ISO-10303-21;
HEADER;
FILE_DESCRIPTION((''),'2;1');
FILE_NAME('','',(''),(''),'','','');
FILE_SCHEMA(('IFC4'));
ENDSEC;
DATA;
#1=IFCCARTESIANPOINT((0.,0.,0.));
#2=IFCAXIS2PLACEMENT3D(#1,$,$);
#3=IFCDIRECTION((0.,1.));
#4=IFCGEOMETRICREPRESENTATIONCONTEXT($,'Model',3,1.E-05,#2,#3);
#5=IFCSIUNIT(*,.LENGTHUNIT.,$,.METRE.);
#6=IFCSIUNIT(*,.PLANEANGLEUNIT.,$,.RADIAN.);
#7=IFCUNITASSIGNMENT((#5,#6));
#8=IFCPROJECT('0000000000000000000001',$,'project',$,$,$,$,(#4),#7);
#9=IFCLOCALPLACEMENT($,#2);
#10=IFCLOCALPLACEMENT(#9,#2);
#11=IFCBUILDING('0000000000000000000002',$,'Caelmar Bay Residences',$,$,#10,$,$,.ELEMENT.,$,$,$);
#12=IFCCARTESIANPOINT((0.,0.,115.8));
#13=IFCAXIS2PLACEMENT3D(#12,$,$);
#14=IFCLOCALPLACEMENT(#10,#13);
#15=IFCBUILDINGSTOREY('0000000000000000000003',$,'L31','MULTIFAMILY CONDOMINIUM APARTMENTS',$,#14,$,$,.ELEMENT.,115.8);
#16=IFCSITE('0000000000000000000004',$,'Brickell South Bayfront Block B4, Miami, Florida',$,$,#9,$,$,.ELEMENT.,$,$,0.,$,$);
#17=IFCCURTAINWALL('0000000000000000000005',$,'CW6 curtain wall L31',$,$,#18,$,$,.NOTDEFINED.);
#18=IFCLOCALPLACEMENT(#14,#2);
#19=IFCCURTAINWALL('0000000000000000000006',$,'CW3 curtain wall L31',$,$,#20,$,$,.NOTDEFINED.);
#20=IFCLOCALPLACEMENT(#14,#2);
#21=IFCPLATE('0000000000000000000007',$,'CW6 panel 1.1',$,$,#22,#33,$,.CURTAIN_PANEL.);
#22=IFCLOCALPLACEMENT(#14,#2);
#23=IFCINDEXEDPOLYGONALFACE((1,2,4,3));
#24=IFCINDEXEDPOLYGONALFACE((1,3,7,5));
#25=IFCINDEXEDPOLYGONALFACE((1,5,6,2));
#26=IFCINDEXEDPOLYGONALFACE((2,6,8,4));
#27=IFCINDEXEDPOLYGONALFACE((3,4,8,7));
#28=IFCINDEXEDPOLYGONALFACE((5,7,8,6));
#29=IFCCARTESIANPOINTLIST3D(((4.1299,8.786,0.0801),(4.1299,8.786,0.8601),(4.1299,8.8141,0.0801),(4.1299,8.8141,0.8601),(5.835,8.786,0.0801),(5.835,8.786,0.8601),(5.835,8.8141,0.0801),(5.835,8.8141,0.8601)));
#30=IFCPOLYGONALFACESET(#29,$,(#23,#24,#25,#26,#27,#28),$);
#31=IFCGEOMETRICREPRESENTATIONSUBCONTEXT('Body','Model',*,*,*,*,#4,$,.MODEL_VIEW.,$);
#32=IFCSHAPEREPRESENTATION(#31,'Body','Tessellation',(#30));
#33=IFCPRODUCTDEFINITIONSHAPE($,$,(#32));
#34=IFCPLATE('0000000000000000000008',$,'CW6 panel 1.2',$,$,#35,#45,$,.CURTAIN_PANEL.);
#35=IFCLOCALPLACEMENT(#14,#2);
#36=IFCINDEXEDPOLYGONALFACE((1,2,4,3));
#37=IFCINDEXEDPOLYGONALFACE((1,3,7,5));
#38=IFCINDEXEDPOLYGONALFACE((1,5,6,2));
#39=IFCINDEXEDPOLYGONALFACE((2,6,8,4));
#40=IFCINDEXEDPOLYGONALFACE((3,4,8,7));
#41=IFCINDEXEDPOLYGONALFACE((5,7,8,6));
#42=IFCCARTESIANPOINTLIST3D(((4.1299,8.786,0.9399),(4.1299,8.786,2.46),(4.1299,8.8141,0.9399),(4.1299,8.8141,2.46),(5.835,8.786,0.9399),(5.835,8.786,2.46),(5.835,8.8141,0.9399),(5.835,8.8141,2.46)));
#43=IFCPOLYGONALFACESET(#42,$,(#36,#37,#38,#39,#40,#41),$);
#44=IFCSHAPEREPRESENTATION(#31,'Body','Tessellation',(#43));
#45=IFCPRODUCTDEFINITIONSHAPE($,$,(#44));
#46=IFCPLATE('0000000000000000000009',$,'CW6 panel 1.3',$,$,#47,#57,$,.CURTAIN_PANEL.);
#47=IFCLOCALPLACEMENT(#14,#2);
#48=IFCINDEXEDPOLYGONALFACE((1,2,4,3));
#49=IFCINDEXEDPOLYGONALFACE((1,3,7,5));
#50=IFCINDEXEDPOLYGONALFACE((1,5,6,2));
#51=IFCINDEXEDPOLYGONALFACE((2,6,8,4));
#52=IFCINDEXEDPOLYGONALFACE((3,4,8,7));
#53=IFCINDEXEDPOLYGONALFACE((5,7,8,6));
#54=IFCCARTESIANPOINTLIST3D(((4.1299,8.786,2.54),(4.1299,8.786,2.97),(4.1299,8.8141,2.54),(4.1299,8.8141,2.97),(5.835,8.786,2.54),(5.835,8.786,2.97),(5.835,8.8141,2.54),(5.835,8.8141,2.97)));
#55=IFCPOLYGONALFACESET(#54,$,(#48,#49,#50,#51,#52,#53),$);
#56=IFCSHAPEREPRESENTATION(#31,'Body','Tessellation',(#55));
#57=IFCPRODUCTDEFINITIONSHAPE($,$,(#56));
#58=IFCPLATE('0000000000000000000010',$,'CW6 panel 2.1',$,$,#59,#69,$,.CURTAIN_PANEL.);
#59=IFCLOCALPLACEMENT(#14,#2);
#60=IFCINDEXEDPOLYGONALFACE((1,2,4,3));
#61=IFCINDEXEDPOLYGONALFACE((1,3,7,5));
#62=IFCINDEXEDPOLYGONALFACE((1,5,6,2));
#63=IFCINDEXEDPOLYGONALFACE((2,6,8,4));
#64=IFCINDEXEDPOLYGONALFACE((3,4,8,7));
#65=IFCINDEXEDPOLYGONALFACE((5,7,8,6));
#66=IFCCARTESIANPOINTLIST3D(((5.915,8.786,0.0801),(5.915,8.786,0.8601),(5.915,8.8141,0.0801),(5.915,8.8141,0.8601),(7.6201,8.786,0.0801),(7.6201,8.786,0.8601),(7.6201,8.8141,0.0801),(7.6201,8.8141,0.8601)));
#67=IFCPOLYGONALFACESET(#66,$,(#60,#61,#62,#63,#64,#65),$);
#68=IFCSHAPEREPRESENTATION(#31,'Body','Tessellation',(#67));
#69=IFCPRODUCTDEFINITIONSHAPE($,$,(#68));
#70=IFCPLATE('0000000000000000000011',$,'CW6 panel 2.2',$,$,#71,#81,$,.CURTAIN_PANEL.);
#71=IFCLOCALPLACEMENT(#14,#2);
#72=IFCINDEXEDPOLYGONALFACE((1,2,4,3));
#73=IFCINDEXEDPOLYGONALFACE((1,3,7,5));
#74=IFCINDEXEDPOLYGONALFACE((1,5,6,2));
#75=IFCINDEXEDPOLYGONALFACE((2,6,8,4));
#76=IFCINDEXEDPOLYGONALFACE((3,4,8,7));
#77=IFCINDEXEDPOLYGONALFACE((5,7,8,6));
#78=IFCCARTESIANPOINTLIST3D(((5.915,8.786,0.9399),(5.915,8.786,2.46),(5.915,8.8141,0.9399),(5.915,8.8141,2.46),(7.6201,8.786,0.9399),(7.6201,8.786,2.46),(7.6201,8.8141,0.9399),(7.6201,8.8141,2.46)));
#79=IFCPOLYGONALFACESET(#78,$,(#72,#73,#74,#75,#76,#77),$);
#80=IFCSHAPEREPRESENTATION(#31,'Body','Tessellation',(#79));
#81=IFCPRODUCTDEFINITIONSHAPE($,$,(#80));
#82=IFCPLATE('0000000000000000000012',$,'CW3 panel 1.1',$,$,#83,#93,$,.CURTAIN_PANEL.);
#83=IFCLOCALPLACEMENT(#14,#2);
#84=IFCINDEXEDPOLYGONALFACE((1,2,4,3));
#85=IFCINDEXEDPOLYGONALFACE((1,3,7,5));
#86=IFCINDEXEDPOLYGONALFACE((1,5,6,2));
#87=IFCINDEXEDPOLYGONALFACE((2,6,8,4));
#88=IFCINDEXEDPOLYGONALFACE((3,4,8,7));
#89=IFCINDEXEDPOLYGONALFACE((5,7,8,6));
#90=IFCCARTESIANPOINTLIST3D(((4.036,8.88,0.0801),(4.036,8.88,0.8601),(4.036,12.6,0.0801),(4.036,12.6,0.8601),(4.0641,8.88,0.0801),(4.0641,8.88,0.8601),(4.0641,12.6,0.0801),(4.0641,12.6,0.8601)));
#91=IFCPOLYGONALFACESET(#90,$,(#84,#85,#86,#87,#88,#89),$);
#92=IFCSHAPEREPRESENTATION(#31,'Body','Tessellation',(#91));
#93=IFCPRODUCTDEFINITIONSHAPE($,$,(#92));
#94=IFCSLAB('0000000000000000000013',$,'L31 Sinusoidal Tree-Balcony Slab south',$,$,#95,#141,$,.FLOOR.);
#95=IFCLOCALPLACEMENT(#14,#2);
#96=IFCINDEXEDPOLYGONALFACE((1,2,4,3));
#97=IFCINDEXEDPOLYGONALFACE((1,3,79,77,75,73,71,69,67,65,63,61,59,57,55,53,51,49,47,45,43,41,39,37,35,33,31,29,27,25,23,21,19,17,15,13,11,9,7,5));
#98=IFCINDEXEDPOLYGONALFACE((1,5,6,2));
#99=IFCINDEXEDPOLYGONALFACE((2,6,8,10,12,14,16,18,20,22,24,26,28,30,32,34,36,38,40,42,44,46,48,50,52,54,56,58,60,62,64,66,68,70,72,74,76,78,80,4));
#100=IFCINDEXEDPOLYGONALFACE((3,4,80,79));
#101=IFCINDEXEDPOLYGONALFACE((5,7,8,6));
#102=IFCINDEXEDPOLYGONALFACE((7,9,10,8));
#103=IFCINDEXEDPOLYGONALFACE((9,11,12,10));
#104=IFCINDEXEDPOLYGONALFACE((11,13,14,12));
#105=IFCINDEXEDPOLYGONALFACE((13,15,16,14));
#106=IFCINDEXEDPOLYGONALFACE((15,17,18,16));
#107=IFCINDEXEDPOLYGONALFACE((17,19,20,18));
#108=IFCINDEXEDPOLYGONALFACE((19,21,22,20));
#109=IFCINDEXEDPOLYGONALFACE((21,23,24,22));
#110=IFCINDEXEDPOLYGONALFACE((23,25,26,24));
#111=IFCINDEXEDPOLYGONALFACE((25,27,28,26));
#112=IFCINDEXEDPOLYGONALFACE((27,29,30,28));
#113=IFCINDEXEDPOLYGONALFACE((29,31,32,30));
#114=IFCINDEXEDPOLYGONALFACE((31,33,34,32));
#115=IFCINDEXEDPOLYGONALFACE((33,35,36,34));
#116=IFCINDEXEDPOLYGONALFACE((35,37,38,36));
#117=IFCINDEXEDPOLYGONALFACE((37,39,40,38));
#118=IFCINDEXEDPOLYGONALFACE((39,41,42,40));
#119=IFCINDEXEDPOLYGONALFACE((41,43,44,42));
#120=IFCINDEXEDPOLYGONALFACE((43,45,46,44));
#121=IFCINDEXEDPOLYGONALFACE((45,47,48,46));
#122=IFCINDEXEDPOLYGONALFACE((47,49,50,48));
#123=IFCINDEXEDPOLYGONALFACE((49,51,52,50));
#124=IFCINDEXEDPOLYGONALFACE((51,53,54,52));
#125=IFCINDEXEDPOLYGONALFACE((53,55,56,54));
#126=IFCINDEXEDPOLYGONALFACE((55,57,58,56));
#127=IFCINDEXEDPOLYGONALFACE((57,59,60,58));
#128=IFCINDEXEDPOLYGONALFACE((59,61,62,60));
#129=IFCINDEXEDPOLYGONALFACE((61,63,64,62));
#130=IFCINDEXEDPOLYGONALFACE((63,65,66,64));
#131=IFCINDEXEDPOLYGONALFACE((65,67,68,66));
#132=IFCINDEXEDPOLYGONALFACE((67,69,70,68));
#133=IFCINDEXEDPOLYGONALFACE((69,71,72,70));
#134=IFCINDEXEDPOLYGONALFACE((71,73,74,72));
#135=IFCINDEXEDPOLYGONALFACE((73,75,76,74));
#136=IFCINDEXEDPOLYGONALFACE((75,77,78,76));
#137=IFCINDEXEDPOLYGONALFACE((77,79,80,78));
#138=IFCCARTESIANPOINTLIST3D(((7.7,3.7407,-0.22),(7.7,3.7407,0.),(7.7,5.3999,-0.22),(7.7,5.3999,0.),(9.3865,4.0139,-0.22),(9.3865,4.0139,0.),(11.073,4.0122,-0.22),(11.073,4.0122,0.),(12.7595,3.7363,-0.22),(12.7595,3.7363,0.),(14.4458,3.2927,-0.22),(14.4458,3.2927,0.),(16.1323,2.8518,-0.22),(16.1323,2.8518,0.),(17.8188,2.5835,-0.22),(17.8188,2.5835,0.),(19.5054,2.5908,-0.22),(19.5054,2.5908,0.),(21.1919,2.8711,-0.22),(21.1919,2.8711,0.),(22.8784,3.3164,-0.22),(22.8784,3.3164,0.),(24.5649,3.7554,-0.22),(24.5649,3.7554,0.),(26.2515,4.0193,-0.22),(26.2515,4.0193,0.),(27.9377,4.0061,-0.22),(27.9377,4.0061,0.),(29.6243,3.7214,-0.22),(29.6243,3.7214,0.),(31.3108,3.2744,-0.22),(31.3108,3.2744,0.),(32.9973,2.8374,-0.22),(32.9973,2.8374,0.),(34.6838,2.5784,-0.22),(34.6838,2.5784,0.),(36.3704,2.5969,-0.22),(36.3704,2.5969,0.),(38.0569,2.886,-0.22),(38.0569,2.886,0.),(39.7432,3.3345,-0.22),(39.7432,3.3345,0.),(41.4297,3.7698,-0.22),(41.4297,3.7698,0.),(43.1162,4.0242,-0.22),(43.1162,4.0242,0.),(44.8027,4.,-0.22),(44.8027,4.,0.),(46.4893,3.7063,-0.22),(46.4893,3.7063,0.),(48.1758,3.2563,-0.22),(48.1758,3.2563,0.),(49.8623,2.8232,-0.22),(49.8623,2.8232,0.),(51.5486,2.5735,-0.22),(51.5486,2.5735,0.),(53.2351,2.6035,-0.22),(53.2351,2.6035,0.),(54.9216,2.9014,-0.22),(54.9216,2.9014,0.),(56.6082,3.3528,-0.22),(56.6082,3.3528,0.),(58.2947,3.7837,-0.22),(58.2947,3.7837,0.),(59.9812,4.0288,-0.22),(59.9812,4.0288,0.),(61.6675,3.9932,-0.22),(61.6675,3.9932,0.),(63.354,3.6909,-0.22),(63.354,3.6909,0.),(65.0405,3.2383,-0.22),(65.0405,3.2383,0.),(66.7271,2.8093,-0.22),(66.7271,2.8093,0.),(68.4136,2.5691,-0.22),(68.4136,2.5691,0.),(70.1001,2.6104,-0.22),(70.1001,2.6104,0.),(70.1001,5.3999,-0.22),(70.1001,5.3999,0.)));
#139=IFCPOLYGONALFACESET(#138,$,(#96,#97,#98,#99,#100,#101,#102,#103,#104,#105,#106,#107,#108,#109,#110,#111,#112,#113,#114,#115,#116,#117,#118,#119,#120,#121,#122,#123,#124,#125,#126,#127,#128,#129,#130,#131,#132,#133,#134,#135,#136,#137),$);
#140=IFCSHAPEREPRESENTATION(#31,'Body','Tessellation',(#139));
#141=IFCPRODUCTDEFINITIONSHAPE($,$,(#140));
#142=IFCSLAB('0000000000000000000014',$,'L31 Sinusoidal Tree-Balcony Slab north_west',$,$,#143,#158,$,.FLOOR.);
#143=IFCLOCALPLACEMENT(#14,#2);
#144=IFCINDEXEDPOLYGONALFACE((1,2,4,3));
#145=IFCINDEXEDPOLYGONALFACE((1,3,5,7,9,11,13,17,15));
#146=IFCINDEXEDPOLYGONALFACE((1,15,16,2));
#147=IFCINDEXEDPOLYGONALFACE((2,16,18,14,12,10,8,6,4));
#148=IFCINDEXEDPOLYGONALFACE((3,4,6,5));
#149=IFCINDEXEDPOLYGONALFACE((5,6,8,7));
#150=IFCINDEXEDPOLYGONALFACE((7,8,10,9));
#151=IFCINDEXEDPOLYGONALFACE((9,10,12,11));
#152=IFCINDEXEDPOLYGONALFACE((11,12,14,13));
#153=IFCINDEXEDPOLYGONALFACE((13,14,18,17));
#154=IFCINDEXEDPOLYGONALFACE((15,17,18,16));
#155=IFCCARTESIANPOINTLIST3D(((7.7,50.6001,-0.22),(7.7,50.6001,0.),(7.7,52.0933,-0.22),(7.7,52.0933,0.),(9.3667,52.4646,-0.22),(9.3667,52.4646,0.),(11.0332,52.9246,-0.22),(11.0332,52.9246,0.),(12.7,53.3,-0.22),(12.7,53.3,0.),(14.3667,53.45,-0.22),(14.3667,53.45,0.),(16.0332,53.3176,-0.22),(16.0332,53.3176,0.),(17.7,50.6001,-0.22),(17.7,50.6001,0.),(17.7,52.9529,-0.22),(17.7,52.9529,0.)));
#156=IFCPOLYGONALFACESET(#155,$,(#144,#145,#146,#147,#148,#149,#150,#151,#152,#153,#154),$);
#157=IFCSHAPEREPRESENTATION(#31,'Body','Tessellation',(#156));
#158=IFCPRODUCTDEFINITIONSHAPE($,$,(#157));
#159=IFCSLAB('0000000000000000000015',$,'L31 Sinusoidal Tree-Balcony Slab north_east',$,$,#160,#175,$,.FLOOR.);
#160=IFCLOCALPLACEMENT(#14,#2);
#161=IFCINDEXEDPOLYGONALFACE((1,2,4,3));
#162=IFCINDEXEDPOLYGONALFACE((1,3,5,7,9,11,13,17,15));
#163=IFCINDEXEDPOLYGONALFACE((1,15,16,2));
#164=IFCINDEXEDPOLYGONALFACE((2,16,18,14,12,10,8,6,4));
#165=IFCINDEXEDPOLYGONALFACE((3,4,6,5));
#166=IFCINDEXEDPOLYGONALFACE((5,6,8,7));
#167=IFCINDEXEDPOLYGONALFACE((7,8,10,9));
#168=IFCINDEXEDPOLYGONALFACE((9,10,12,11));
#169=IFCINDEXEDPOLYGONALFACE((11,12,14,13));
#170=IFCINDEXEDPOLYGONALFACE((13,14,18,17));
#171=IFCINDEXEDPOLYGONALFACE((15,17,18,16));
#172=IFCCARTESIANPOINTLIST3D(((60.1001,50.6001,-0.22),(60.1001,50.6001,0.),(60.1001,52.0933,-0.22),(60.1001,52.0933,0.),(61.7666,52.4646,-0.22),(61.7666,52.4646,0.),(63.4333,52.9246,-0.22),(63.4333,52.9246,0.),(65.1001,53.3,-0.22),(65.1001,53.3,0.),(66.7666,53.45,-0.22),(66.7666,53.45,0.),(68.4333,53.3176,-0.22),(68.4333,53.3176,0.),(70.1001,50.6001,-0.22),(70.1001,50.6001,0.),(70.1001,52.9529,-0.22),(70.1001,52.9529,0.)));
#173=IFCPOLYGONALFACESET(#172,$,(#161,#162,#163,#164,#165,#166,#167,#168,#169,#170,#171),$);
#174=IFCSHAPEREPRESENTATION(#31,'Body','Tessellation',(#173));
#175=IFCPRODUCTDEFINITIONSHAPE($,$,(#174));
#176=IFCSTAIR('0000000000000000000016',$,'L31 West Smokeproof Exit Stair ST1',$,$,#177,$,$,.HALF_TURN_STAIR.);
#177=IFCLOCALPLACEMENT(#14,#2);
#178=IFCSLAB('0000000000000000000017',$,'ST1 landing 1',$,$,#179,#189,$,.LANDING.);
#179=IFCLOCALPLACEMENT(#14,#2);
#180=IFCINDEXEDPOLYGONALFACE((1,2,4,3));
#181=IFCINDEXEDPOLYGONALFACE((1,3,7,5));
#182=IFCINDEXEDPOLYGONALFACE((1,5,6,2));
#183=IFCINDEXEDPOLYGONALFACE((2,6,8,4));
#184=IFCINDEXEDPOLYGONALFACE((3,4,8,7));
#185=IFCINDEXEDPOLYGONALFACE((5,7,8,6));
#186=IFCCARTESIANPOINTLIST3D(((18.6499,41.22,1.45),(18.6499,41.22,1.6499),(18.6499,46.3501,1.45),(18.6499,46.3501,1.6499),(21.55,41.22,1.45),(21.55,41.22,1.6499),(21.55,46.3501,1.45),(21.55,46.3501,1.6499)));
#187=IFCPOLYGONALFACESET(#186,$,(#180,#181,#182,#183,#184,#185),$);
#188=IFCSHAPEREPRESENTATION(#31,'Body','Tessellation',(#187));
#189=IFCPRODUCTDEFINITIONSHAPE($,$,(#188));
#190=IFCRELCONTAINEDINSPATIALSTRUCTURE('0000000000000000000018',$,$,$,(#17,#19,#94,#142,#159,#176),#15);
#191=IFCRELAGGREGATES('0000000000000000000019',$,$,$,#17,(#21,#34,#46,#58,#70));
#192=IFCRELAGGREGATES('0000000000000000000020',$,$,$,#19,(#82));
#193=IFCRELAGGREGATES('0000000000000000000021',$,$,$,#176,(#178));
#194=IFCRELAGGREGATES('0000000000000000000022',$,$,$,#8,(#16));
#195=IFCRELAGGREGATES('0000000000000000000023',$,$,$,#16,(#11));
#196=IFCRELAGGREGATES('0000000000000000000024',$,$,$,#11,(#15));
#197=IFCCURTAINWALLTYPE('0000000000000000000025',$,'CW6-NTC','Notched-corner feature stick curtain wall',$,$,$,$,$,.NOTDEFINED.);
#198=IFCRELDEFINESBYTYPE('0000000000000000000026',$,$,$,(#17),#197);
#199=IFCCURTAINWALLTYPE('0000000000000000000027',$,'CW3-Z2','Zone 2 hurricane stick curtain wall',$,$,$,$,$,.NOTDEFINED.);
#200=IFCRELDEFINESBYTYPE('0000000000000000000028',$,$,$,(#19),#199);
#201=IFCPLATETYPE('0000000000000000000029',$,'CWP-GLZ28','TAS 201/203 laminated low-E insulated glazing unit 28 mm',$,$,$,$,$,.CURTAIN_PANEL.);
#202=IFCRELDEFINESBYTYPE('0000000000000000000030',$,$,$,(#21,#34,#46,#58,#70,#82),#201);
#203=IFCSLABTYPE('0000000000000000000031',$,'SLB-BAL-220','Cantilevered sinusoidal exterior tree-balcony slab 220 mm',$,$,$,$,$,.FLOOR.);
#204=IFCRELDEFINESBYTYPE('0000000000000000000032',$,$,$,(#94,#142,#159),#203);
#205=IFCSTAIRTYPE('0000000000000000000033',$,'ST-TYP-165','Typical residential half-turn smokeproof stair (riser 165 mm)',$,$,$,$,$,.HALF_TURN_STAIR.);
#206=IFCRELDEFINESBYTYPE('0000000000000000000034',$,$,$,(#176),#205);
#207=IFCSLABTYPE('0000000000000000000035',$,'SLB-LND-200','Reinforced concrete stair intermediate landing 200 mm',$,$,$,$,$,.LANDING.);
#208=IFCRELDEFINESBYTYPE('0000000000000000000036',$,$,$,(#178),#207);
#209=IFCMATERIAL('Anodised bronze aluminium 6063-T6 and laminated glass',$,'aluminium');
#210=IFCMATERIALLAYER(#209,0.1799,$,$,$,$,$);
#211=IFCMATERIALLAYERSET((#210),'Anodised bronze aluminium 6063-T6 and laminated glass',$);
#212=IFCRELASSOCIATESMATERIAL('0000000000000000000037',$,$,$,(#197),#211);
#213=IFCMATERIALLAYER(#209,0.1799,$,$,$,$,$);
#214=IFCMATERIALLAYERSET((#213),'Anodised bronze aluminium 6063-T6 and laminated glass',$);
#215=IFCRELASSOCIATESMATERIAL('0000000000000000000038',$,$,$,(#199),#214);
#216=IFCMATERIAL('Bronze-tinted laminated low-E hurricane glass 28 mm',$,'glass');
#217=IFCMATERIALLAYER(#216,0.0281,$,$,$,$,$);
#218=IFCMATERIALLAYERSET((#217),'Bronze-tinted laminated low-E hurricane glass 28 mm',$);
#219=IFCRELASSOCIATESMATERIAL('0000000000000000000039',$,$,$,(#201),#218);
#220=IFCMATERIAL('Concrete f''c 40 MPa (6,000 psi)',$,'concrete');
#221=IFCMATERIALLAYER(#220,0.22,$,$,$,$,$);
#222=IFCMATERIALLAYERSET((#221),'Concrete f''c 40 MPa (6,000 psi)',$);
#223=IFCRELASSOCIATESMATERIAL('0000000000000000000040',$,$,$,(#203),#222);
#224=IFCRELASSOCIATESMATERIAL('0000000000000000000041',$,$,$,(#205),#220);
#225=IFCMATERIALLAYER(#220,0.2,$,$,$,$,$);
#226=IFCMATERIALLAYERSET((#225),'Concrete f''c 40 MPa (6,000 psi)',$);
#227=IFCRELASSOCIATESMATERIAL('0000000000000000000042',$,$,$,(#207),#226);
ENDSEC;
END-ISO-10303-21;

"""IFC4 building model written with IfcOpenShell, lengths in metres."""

from ifc_helpers import new_model, si_unit, direction, frame, origin, origin_2d, place, context, subcontext, project, spatial, polyline, rectangle, outline, extrude, material, layer, layer_set, type_object, element, aggregate, save


model = new_model("IFC4")

# Units and contexts
model_context = context("Model", 3, precision=1e-05, world=origin(), true_north=direction((0.0, 1.0)))
body_context = subcontext(model_context, "Body", "Model", "MODEL_VIEW")
ifc_project = project(units=[si_unit("LENGTHUNIT", "METRE"), si_unit("PLANEANGLEUNIT", "RADIAN")], contexts=[model_context])

# Site, building, storey
site_placement = place(None, origin())
site = spatial("IfcSite", under=ifc_project, at=site_placement, Name="Brickell South Bayfront Block B4, Miami, Florida", CompositionType="ELEMENT", RefElevation=0.0)
building_placement = place(site_placement, origin())
building = spatial("IfcBuilding", under=site, at=building_placement, Name="Caelmar Bay Residences", CompositionType="ELEMENT")
storey_placement = place(building_placement, frame((0.0, 0.0, 115.8)))
storey = spatial("IfcBuildingStorey", under=building, at=storey_placement, Name="L31", Description="MULTIFAMILY CONDOMINIUM APARTMENTS", CompositionType="ELEMENT", Elevation=115.8)

# Curtain wall
ifc_material_1 = material(Name="Anodised bronze aluminium 6063-T6 and laminated glass", Category="aluminium")
ifc_layer_1 = layer(ifc_material_1, 0.1799)
ifc_layer_set_1 = layer_set([ifc_layer_1], Name="Anodised bronze aluminium 6063-T6 and laminated glass")
curtain_wall_type_1 = type_object("IfcCurtainWallType", Name="CW6-NTC", Description="Notched-corner feature stick curtain wall", PredefinedType="NOTDEFINED", material=ifc_layer_set_1)
curtain_wall_1_placement = place(storey_placement, origin())
curtain_wall_1 = element("IfcCurtainWall", 1, at=curtain_wall_1_placement, inside=storey, type_object=curtain_wall_type_1, Name="CW6 curtain wall L31", PredefinedType="NOTDEFINED")

# Curtain wall
ifc_layer_2 = layer(ifc_material_1, 0.1799)
ifc_layer_set_2 = layer_set([ifc_layer_2], Name="Anodised bronze aluminium 6063-T6 and laminated glass")
curtain_wall_type_2 = type_object("IfcCurtainWallType", Name="CW3-Z2", Description="Zone 2 hurricane stick curtain wall", PredefinedType="NOTDEFINED", material=ifc_layer_set_2)
curtain_wall_2_placement = place(storey_placement, origin())
curtain_wall_2 = element("IfcCurtainWall", 2, at=curtain_wall_2_placement, inside=storey, type_object=curtain_wall_type_2, Name="CW3 curtain wall L31", PredefinedType="NOTDEFINED")

# Plates
ifc_material_2 = material(Name="Bronze-tinted laminated low-E hurricane glass 28 mm", Category="glass")
ifc_layer_3 = layer(ifc_material_2, 0.0281)
ifc_layer_set_3 = layer_set([ifc_layer_3], Name="Bronze-tinted laminated low-E hurricane glass 28 mm")
plate_type = type_object("IfcPlateType", Name="CWP-GLZ28", Description="TAS 201/203 laminated low-E insulated glazing unit 28 mm", PredefinedType="CURTAIN_PANEL", material=ifc_layer_set_3)
plate_1_placement = place(storey_placement, frame((4.9824, 8.8, 0.0801), z_axis=(0.0, 0.0, 1.0), x_axis=(1.0, 0.0, 0.0)))
plate_1 = element("IfcPlate", 3, at=plate_1_placement, type_object=plate_type, Name="CW6 panel 1.1", PredefinedType="CURTAIN_PANEL", context=body_context, shape_type="SweptSolid", body=[
    extrude(rectangle(XDim=1.7051, YDim=0.0281, at=origin_2d()), origin(), (0.0, 0.0, 1.0), 0.78),
])
plate_2_placement = place(storey_placement, frame((4.9824, 8.8, 0.9399), z_axis=(0.0, 0.0, 1.0), x_axis=(1.0, 0.0, 0.0)))
plate_2 = element("IfcPlate", 4, at=plate_2_placement, type_object=plate_type, Name="CW6 panel 1.2", PredefinedType="CURTAIN_PANEL", context=body_context, shape_type="SweptSolid", body=[
    extrude(rectangle(XDim=1.7051, YDim=0.0281, at=origin_2d()), origin(), (0.0, 0.0, 1.0), 1.52),
])
plate_3_placement = place(storey_placement, frame((4.9824, 8.8, 2.54), z_axis=(0.0, 0.0, 1.0), x_axis=(1.0, 0.0, 0.0)))
plate_3 = element("IfcPlate", 5, at=plate_3_placement, type_object=plate_type, Name="CW6 panel 1.3", PredefinedType="CURTAIN_PANEL", context=body_context, shape_type="SweptSolid", body=[
    extrude(rectangle(XDim=1.7051, YDim=0.0281, at=origin_2d()), origin(), (0.0, 0.0, 1.0), 0.4299),
])
plate_4_placement = place(storey_placement, frame((6.7676, 8.8, 0.0801), z_axis=(0.0, 0.0, 1.0), x_axis=(1.0, 0.0, 0.0)))
plate_4 = element("IfcPlate", 6, at=plate_4_placement, type_object=plate_type, Name="CW6 panel 2.1", PredefinedType="CURTAIN_PANEL", context=body_context, shape_type="SweptSolid", body=[
    extrude(rectangle(XDim=1.7051, YDim=0.0281, at=origin_2d()), origin(), (0.0, 0.0, 1.0), 0.78),
])
plate_5_placement = place(storey_placement, frame((6.7676, 8.8, 0.9399), z_axis=(0.0, 0.0, 1.0), x_axis=(1.0, 0.0, 0.0)))
plate_5 = element("IfcPlate", 7, at=plate_5_placement, type_object=plate_type, Name="CW6 panel 2.2", PredefinedType="CURTAIN_PANEL", context=body_context, shape_type="SweptSolid", body=[
    extrude(rectangle(XDim=1.7051, YDim=0.0281, at=origin_2d()), origin(), (0.0, 0.0, 1.0), 1.52),
])
aggregate(curtain_wall_1, [plate_1, plate_2, plate_3, plate_4, plate_5])
plate_6_placement = place(storey_placement, frame((4.05, 10.74, 0.0801), z_axis=(0.0, 0.0, 1.0), x_axis=(0.0, 1.0, 0.0)))
plate_6 = element("IfcPlate", 8, at=plate_6_placement, type_object=plate_type, Name="CW3 panel 1.1", PredefinedType="CURTAIN_PANEL", context=body_context, shape_type="SweptSolid", body=[
    extrude(rectangle(XDim=3.72, YDim=0.0281, at=origin_2d()), origin(), (0.0, 0.0, 1.0), 0.78),
])
aggregate(curtain_wall_2, [plate_6])

# Slabs
ifc_material_3 = material(Name="Concrete f'c 40 MPa (6,000 psi)", Category="concrete")
ifc_layer_4 = layer(ifc_material_3, 0.22)
ifc_layer_set_4 = layer_set([ifc_layer_4], Name="Concrete f'c 40 MPa (6,000 psi)")
slab_type_1 = type_object("IfcSlabType", Name="SLB-BAL-220", Description="Cantilevered sinusoidal exterior tree-balcony slab 220 mm", PredefinedType="FLOOR", material=ifc_layer_set_4)
slab_1_placement = place(storey_placement, frame((0.0, 0.0, -0.22)))
element("IfcSlab", 9, at=slab_1_placement, inside=storey, type_object=slab_type_1, Name="L31 Sinusoidal Tree-Balcony Slab south", PredefinedType="FLOOR", context=body_context, shape_type="SweptSolid", body=[
    extrude(outline(polyline([(7.7, 3.7407), (9.3865, 4.0139), (11.073, 4.0122), (12.7595, 3.7363), (14.4458, 3.2927), (16.1323, 2.8518), (17.8188, 2.5835), (19.5054, 2.5908), (21.1919, 2.8711), (22.8784, 3.3164), (24.5649, 3.7554), (26.2515, 4.0193), (27.9377, 4.0061), (29.6243, 3.7214), (31.3108, 3.2744), (32.9973, 2.8374), (34.6838, 2.5784), (36.3704, 2.5969), (38.0569, 2.886), (39.7432, 3.3345), (41.4297, 3.7698), (43.1162, 4.0242), (44.8027, 4.0), (46.4893, 3.7063), (48.1758, 3.2563), (49.8623, 2.8232), (51.5486, 2.5735), (53.2351, 2.6035), (54.9216, 2.9014), (56.6082, 3.3528), (58.2947, 3.7837), (59.9812, 4.0288), (61.6675, 3.9932), (63.354, 3.6909), (65.0405, 3.2383), (66.7271, 2.8093), (68.4136, 2.5691), (70.1001, 2.6104), (70.1001, 5.3999), (7.7, 5.3999), (7.7, 3.7407)])), origin(), (0.0, 0.0, 1.0), 0.22),
])
slab_2_placement = place(storey_placement, frame((0.0, 0.0, -0.22)))
element("IfcSlab", 10, at=slab_2_placement, inside=storey, type_object=slab_type_1, Name="L31 Sinusoidal Tree-Balcony Slab north_west", PredefinedType="FLOOR", context=body_context, shape_type="SweptSolid", body=[
    extrude(outline(polyline([(7.7, 50.6001), (17.7, 50.6001), (17.7, 52.9529), (16.0332, 53.3176), (14.3667, 53.45), (12.7, 53.3), (11.0332, 52.9246), (9.3667, 52.4646), (7.7, 52.0933), (7.7, 50.6001)])), origin(), (0.0, 0.0, 1.0), 0.22),
])
slab_3_placement = place(storey_placement, frame((0.0, 0.0, -0.22)))
element("IfcSlab", 11, at=slab_3_placement, inside=storey, type_object=slab_type_1, Name="L31 Sinusoidal Tree-Balcony Slab north_east", PredefinedType="FLOOR", context=body_context, shape_type="SweptSolid", body=[
    extrude(outline(polyline([(60.1001, 50.6001), (70.1001, 50.6001), (70.1001, 52.9529), (68.4333, 53.3176), (66.7666, 53.45), (65.1001, 53.3), (63.4333, 52.9246), (61.7666, 52.4646), (60.1001, 52.0933), (60.1001, 50.6001)])), origin(), (0.0, 0.0, 1.0), 0.22),
])

# Stair, slab
stair_type = type_object("IfcStairType", Name="ST-TYP-165", Description="Typical residential half-turn smokeproof stair (riser 165 mm)", PredefinedType="HALF_TURN_STAIR", material=ifc_material_3)
stair_1_placement = place(storey_placement, origin())
stair_1 = element("IfcStair", 12, at=stair_1_placement, inside=storey, type_object=stair_type, Name="L31 West Smokeproof Exit Stair ST1", PredefinedType="HALF_TURN_STAIR")
ifc_layer_5 = layer(ifc_material_3, 0.2)
ifc_layer_set_5 = layer_set([ifc_layer_5], Name="Concrete f'c 40 MPa (6,000 psi)")
slab_type_2 = type_object("IfcSlabType", Name="SLB-LND-200", Description="Reinforced concrete stair intermediate landing 200 mm", PredefinedType="LANDING", material=ifc_layer_set_5)
slab_4_placement = place(storey_placement, frame((0.0, 0.0, 1.45)))
slab_4 = element("IfcSlab", 13, at=slab_4_placement, type_object=slab_type_2, Name="ST1 landing 1", PredefinedType="LANDING", context=body_context, shape_type="SweptSolid", body=[
    extrude(outline(polyline([(21.55, 41.22), (21.55, 46.3501), (18.6499, 46.3501), (18.6499, 41.22), (21.55, 41.22)])), origin(), (0.0, 0.0, 1.0), 0.2),
])
aggregate(stair_1, [slab_4])

save(model, "model.ifc")
